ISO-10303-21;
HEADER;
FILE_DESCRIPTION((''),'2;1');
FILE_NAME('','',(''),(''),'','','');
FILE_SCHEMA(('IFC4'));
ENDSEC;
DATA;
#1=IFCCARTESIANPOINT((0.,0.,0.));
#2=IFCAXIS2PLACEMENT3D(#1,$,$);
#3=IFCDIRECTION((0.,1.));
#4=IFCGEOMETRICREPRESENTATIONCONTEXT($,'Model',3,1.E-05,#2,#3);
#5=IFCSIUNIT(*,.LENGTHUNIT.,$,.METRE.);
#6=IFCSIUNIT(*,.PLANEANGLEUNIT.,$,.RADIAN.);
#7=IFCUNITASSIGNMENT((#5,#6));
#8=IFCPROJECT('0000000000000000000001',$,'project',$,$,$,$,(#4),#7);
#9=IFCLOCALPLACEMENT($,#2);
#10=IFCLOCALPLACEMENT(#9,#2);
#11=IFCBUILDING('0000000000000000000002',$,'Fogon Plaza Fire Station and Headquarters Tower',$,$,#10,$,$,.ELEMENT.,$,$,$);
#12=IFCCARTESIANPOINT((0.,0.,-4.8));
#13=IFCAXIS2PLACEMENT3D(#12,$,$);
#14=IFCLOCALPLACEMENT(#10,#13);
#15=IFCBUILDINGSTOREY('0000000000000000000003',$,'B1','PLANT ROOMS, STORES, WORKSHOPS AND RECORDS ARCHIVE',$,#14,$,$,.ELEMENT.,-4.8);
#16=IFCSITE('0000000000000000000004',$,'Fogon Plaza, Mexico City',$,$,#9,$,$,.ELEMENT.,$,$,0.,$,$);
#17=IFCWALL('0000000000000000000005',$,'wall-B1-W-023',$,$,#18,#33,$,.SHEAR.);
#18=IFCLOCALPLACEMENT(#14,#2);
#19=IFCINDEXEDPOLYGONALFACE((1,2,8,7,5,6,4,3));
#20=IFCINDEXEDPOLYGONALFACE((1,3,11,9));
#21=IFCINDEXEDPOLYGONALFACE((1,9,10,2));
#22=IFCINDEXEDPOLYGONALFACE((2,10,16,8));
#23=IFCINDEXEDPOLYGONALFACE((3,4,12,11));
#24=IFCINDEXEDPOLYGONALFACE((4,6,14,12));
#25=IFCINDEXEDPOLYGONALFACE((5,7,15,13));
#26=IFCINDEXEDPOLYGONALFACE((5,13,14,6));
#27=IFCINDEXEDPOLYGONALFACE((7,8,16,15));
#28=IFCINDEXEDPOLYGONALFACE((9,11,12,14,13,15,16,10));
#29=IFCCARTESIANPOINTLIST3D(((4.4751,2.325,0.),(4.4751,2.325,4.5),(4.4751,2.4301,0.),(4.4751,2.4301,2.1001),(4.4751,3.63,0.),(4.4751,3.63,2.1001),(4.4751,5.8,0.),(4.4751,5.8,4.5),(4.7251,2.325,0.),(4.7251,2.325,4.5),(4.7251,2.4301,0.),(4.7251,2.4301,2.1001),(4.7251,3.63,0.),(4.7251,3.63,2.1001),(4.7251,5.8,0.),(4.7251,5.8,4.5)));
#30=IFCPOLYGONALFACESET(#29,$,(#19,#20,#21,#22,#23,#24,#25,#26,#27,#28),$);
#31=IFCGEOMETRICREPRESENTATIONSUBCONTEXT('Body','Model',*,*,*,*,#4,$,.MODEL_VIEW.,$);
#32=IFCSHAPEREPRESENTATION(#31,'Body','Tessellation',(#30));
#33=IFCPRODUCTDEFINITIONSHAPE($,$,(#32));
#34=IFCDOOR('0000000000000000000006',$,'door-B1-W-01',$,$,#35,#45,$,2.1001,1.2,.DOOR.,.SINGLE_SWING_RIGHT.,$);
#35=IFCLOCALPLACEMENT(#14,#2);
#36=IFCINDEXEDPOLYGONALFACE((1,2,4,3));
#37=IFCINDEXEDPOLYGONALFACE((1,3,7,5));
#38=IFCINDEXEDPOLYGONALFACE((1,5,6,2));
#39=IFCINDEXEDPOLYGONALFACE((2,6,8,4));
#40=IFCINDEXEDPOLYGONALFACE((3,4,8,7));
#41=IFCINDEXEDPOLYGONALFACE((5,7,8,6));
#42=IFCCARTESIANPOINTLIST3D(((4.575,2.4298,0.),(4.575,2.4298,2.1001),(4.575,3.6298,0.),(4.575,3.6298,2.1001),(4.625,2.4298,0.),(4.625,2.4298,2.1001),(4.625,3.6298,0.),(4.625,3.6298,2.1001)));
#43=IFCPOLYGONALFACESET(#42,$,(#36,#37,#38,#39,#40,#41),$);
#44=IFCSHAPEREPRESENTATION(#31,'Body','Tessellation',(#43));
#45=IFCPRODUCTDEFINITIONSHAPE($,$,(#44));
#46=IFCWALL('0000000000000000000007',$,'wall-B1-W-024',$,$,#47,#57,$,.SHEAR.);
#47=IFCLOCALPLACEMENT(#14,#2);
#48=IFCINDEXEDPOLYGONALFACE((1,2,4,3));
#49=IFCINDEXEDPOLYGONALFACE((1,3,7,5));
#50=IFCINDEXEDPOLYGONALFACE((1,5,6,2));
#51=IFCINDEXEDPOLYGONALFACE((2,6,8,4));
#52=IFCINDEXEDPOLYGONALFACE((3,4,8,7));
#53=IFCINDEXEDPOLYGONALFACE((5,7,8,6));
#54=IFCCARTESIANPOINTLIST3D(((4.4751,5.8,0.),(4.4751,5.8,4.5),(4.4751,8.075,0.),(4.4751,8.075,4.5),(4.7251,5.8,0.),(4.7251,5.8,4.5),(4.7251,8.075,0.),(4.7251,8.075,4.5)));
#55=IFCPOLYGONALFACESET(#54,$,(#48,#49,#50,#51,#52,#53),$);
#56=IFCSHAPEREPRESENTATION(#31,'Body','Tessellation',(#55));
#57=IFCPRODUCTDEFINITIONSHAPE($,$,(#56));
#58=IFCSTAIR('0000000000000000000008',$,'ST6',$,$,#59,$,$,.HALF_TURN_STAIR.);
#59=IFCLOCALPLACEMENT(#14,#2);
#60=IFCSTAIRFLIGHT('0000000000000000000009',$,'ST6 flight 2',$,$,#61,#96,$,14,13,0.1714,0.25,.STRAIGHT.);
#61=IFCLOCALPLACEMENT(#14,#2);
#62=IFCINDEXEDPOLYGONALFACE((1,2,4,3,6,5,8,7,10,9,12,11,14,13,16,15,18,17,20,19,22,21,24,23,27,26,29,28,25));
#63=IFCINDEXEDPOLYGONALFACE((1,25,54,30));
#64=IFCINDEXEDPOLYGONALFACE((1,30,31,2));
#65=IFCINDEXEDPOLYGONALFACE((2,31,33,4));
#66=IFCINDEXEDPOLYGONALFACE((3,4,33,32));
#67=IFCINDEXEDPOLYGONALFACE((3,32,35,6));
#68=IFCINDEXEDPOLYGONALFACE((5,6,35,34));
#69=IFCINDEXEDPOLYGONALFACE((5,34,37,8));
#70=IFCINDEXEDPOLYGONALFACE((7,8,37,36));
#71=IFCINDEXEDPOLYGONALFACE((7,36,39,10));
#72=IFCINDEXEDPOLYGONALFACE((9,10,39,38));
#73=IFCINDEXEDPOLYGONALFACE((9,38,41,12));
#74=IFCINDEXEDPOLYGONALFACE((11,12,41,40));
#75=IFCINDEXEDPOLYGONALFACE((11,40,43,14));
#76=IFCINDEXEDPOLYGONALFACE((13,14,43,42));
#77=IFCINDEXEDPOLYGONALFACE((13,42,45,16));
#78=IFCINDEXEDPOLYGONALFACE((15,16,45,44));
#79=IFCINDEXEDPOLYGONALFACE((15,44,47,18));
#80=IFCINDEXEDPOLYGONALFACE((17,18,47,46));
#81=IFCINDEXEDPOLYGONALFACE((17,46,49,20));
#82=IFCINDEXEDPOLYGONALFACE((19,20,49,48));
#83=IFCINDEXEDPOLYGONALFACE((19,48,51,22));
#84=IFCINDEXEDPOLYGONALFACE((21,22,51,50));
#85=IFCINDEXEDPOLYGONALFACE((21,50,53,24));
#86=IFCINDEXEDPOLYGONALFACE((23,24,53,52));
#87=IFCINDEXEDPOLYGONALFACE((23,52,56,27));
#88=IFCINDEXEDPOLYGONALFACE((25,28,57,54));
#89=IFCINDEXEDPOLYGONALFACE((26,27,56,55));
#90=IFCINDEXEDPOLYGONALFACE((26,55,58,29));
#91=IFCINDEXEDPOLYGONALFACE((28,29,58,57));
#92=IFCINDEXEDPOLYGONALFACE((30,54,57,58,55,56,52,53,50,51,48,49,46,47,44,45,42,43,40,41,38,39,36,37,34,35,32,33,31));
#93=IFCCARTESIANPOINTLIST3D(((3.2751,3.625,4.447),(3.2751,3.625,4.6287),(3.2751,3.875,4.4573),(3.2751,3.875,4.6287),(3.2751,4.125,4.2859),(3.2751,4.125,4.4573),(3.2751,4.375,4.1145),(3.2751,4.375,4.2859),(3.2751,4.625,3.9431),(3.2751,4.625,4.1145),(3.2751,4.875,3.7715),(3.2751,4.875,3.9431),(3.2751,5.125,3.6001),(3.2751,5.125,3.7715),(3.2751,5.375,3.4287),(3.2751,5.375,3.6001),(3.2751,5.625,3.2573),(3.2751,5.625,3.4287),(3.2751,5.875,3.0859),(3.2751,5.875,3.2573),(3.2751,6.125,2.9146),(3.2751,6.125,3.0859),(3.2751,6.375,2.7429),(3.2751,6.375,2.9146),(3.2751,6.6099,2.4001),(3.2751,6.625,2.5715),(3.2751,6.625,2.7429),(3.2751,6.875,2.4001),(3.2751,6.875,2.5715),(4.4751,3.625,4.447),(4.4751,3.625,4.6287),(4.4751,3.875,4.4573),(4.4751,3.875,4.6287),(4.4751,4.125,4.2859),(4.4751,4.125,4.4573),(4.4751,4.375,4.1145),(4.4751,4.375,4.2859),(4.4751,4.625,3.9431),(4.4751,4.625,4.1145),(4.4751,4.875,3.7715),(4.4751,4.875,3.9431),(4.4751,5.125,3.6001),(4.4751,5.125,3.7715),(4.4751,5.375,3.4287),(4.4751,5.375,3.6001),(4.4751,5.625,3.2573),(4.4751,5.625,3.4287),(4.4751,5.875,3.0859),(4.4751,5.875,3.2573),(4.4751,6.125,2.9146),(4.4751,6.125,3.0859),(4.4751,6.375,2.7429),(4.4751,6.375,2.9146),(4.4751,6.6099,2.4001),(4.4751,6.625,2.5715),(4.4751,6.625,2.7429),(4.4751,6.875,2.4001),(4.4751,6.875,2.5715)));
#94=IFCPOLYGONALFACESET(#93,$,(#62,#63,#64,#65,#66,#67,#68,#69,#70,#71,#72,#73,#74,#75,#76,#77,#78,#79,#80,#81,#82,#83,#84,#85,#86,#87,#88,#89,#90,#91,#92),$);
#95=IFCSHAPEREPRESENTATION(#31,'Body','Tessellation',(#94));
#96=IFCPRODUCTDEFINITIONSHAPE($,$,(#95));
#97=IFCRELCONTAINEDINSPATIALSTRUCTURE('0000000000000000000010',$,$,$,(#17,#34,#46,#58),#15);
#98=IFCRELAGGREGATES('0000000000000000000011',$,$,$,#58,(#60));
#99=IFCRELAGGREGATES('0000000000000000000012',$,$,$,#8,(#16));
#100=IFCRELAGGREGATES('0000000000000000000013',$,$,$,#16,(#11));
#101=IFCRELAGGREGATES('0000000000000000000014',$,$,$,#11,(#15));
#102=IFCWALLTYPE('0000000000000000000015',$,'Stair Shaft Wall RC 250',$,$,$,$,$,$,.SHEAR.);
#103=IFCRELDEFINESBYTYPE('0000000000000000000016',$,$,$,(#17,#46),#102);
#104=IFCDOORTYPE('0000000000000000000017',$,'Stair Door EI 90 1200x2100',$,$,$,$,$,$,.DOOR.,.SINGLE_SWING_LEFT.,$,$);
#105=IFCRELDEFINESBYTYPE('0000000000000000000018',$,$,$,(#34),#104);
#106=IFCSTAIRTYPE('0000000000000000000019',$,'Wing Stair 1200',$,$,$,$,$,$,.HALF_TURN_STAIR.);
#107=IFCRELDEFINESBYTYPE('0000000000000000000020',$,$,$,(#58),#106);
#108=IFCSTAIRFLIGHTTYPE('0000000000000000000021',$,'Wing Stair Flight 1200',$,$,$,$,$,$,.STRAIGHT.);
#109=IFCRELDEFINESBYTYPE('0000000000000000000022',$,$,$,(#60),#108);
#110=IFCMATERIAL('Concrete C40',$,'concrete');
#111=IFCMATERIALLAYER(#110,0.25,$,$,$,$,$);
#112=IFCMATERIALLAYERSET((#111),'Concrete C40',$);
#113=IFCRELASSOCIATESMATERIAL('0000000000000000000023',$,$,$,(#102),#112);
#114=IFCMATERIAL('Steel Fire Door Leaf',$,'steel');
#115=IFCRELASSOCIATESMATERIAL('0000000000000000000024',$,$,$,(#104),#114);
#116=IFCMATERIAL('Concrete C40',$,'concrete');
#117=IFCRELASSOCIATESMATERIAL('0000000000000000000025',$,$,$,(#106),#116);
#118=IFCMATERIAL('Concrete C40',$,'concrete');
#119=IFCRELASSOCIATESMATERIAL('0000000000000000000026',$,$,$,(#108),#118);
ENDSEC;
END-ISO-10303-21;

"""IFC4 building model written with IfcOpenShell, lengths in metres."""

from ifc_helpers import new_model, si_unit, direction, frame, frame_2d, origin, place, context, subcontext, project, spatial, polyline, rectangle, outline, extrude, material, layer, layer_set, type_object, element, fill, aggregate, save


model = new_model("IFC4")

# Units and contexts
model_context = context("Model", 3, precision=1e-05, world=origin(), true_north=direction((0.0, 1.0)))
body_context = subcontext(model_context, "Body", "Model", "MODEL_VIEW")
ifc_project = project(units=[si_unit("LENGTHUNIT", "METRE"), si_unit("PLANEANGLEUNIT", "RADIAN")], contexts=[model_context])

# Site, building, storey
site_placement = place(None, origin())
site = spatial("IfcSite", under=ifc_project, at=site_placement, Name="Fogon Plaza, Mexico City", CompositionType="ELEMENT", RefElevation=0.0)
building_placement = place(site_placement, origin())
building = spatial("IfcBuilding", under=site, at=building_placement, Name="Fogon Plaza Fire Station and Headquarters Tower", CompositionType="ELEMENT")
storey_placement = place(building_placement, frame((0.0, 0.0, -4.8)))
storey = spatial("IfcBuildingStorey", under=building, at=storey_placement, Name="B1", Description="PLANT ROOMS, STORES, WORKSHOPS AND RECORDS ARCHIVE", CompositionType="ELEMENT", Elevation=-4.8)

# Wall, opening, door
ifc_material_1 = material(Name="Concrete C40", Category="concrete")
ifc_layer_1 = layer(ifc_material_1, 0.25)
ifc_layer_set_1 = layer_set([ifc_layer_1], Name="Concrete C40")
wall_type_1 = type_object("IfcWallType", Name="Stair Shaft Wall RC 250", PredefinedType="SHEAR", material=ifc_layer_set_1)
wall_1_placement = place(storey_placement, frame((4.6001, 2.325, 0.0), z_axis=(0.0, 0.0, 1.0), x_axis=(0.0, 1.0, 0.0)))
wall_1 = element("IfcWall", 1, at=wall_1_placement, inside=storey, type_object=wall_type_1, Name="wall-B1-W-023", PredefinedType="SHEAR", context=body_context, shape_type="SweptSolid", body=[
    extrude(rectangle(XDim=3.4751, YDim=0.25, at=frame_2d((1.7375, 0.0))), origin(), (0.0, 0.0, 1.0), 4.5),
])
opening_1_placement = place(wall_1_placement, frame((0.105, 0.0, 0.0)))
opening_1 = element("IfcOpeningElement", 2, at=opening_1_placement, cuts=wall_1, PredefinedType="OPENING", context=body_context, shape_type="SweptSolid", body=[
    extrude(rectangle(XDim=1.2, YDim=2.1001, at=frame_2d((0.6001, 1.05))), frame((0.0, 0.135, 0.0), z_axis=(0.0, -1.0, 0.0), x_axis=(1.0, 0.0, 0.0)), (0.0, 0.0, 1.0), 0.27),
])
ifc_material_2 = material(Name="Steel Fire Door Leaf", Category="steel")
door_type_1 = type_object("IfcDoorType", Name="Stair Door EI 90 1200x2100", OperationType="SINGLE_SWING_LEFT", PredefinedType="DOOR", material=ifc_material_2)
door_1_placement = place(opening_1_placement, frame((1.2, 0.0, 0.0), z_axis=(0.0, 0.0, 1.0), x_axis=(-1.0, 0.0, 0.0)))
door_1 = element("IfcDoor", 3, at=door_1_placement, inside=storey, type_object=door_type_1, Name="door-B1-W-01", OperationType="SINGLE_SWING_RIGHT", OverallHeight=2.1001, OverallWidth=1.2, PredefinedType="DOOR", context=body_context, shape_type="SweptSolid", body=[
    extrude(rectangle(XDim=1.2, YDim=2.1001, at=frame_2d((0.6001, 1.05))), frame((0.0, 0.0249, 0.0), z_axis=(0.0, -1.0, 0.0), x_axis=(1.0, 0.0, 0.0)), (0.0, 0.0, 1.0), 0.05),
])
fill(opening_1, door_1)

# Wall
wall_2_placement = place(storey_placement, frame((4.6001, 5.8, 0.0), z_axis=(0.0, 0.0, 1.0), x_axis=(0.0, 1.0, 0.0)))
element("IfcWall", 4, at=wall_2_placement, inside=storey, type_object=wall_type_1, Name="wall-B1-W-024", PredefinedType="SHEAR", context=body_context, shape_type="SweptSolid", body=[
    extrude(rectangle(XDim=2.2749, YDim=0.25, at=frame_2d((1.1375, 0.0))), origin(), (0.0, 0.0, 1.0), 4.5),
])

# Stair, stair flight
ifc_material_3 = material(Name="Concrete C40", Category="concrete")
stair_type = type_object("IfcStairType", Name="Wing Stair 1200", PredefinedType="HALF_TURN_STAIR", material=ifc_material_3)
stair_placement = place(storey_placement, origin())
stair = element("IfcStair", 5, at=stair_placement, inside=storey, type_object=stair_type, Name="ST6", PredefinedType="HALF_TURN_STAIR")
ifc_material_4 = material(Name="Concrete C40", Category="concrete")
stair_flight_type = type_object("IfcStairFlightType", Name="Wing Stair Flight 1200", PredefinedType="STRAIGHT", material=ifc_material_4)
stair_flight_placement = place(storey_placement, frame((3.875, 6.875, 2.4001), z_axis=(0.0, 0.0, 1.0), x_axis=(0.0, -1.0, 0.0)))
stair_flight = element("IfcStairFlight", 6, at=stair_flight_placement, type_object=stair_flight_type, Name="ST6 flight 2", NumberOfRisers=14, NumberOfTreads=13, PredefinedType="STRAIGHT", RiserHeight=0.1714, TreadLength=0.25, context=body_context, shape_type="SweptSolid", body=[
    extrude(outline(polyline([(0.0, 0.0), (0.0, 0.1714), (0.25, 0.1714), (0.25, 0.3428), (0.5, 0.3428), (0.5, 0.5144), (0.75, 0.5144), (0.75, 0.6858), (1.0, 0.6858), (1.0, 0.8572), (1.25, 0.8572), (1.25, 1.0286), (1.5, 1.0286), (1.5, 1.2), (1.75, 1.2), (1.75, 1.3713), (2.0, 1.3713), (2.0, 1.543), (2.25, 1.543), (2.25, 1.7144), (2.5, 1.7144), (2.5, 1.8857), (2.75, 1.8857), (2.75, 2.0571), (3.0, 2.0571), (3.0, 2.2285), (3.25, 2.2285), (3.25, 2.3999), (3.25, 2.0469), (0.2651, 0.0), (0.0, 0.0)])), frame((0.0, 0.6001, 0.0), z_axis=(0.0, -1.0, 0.0), x_axis=(1.0, 0.0, 0.0)), (0.0, 0.0, 1.0), 1.2),
])
aggregate(stair, [stair_flight])

save(model, "model.ifc")
